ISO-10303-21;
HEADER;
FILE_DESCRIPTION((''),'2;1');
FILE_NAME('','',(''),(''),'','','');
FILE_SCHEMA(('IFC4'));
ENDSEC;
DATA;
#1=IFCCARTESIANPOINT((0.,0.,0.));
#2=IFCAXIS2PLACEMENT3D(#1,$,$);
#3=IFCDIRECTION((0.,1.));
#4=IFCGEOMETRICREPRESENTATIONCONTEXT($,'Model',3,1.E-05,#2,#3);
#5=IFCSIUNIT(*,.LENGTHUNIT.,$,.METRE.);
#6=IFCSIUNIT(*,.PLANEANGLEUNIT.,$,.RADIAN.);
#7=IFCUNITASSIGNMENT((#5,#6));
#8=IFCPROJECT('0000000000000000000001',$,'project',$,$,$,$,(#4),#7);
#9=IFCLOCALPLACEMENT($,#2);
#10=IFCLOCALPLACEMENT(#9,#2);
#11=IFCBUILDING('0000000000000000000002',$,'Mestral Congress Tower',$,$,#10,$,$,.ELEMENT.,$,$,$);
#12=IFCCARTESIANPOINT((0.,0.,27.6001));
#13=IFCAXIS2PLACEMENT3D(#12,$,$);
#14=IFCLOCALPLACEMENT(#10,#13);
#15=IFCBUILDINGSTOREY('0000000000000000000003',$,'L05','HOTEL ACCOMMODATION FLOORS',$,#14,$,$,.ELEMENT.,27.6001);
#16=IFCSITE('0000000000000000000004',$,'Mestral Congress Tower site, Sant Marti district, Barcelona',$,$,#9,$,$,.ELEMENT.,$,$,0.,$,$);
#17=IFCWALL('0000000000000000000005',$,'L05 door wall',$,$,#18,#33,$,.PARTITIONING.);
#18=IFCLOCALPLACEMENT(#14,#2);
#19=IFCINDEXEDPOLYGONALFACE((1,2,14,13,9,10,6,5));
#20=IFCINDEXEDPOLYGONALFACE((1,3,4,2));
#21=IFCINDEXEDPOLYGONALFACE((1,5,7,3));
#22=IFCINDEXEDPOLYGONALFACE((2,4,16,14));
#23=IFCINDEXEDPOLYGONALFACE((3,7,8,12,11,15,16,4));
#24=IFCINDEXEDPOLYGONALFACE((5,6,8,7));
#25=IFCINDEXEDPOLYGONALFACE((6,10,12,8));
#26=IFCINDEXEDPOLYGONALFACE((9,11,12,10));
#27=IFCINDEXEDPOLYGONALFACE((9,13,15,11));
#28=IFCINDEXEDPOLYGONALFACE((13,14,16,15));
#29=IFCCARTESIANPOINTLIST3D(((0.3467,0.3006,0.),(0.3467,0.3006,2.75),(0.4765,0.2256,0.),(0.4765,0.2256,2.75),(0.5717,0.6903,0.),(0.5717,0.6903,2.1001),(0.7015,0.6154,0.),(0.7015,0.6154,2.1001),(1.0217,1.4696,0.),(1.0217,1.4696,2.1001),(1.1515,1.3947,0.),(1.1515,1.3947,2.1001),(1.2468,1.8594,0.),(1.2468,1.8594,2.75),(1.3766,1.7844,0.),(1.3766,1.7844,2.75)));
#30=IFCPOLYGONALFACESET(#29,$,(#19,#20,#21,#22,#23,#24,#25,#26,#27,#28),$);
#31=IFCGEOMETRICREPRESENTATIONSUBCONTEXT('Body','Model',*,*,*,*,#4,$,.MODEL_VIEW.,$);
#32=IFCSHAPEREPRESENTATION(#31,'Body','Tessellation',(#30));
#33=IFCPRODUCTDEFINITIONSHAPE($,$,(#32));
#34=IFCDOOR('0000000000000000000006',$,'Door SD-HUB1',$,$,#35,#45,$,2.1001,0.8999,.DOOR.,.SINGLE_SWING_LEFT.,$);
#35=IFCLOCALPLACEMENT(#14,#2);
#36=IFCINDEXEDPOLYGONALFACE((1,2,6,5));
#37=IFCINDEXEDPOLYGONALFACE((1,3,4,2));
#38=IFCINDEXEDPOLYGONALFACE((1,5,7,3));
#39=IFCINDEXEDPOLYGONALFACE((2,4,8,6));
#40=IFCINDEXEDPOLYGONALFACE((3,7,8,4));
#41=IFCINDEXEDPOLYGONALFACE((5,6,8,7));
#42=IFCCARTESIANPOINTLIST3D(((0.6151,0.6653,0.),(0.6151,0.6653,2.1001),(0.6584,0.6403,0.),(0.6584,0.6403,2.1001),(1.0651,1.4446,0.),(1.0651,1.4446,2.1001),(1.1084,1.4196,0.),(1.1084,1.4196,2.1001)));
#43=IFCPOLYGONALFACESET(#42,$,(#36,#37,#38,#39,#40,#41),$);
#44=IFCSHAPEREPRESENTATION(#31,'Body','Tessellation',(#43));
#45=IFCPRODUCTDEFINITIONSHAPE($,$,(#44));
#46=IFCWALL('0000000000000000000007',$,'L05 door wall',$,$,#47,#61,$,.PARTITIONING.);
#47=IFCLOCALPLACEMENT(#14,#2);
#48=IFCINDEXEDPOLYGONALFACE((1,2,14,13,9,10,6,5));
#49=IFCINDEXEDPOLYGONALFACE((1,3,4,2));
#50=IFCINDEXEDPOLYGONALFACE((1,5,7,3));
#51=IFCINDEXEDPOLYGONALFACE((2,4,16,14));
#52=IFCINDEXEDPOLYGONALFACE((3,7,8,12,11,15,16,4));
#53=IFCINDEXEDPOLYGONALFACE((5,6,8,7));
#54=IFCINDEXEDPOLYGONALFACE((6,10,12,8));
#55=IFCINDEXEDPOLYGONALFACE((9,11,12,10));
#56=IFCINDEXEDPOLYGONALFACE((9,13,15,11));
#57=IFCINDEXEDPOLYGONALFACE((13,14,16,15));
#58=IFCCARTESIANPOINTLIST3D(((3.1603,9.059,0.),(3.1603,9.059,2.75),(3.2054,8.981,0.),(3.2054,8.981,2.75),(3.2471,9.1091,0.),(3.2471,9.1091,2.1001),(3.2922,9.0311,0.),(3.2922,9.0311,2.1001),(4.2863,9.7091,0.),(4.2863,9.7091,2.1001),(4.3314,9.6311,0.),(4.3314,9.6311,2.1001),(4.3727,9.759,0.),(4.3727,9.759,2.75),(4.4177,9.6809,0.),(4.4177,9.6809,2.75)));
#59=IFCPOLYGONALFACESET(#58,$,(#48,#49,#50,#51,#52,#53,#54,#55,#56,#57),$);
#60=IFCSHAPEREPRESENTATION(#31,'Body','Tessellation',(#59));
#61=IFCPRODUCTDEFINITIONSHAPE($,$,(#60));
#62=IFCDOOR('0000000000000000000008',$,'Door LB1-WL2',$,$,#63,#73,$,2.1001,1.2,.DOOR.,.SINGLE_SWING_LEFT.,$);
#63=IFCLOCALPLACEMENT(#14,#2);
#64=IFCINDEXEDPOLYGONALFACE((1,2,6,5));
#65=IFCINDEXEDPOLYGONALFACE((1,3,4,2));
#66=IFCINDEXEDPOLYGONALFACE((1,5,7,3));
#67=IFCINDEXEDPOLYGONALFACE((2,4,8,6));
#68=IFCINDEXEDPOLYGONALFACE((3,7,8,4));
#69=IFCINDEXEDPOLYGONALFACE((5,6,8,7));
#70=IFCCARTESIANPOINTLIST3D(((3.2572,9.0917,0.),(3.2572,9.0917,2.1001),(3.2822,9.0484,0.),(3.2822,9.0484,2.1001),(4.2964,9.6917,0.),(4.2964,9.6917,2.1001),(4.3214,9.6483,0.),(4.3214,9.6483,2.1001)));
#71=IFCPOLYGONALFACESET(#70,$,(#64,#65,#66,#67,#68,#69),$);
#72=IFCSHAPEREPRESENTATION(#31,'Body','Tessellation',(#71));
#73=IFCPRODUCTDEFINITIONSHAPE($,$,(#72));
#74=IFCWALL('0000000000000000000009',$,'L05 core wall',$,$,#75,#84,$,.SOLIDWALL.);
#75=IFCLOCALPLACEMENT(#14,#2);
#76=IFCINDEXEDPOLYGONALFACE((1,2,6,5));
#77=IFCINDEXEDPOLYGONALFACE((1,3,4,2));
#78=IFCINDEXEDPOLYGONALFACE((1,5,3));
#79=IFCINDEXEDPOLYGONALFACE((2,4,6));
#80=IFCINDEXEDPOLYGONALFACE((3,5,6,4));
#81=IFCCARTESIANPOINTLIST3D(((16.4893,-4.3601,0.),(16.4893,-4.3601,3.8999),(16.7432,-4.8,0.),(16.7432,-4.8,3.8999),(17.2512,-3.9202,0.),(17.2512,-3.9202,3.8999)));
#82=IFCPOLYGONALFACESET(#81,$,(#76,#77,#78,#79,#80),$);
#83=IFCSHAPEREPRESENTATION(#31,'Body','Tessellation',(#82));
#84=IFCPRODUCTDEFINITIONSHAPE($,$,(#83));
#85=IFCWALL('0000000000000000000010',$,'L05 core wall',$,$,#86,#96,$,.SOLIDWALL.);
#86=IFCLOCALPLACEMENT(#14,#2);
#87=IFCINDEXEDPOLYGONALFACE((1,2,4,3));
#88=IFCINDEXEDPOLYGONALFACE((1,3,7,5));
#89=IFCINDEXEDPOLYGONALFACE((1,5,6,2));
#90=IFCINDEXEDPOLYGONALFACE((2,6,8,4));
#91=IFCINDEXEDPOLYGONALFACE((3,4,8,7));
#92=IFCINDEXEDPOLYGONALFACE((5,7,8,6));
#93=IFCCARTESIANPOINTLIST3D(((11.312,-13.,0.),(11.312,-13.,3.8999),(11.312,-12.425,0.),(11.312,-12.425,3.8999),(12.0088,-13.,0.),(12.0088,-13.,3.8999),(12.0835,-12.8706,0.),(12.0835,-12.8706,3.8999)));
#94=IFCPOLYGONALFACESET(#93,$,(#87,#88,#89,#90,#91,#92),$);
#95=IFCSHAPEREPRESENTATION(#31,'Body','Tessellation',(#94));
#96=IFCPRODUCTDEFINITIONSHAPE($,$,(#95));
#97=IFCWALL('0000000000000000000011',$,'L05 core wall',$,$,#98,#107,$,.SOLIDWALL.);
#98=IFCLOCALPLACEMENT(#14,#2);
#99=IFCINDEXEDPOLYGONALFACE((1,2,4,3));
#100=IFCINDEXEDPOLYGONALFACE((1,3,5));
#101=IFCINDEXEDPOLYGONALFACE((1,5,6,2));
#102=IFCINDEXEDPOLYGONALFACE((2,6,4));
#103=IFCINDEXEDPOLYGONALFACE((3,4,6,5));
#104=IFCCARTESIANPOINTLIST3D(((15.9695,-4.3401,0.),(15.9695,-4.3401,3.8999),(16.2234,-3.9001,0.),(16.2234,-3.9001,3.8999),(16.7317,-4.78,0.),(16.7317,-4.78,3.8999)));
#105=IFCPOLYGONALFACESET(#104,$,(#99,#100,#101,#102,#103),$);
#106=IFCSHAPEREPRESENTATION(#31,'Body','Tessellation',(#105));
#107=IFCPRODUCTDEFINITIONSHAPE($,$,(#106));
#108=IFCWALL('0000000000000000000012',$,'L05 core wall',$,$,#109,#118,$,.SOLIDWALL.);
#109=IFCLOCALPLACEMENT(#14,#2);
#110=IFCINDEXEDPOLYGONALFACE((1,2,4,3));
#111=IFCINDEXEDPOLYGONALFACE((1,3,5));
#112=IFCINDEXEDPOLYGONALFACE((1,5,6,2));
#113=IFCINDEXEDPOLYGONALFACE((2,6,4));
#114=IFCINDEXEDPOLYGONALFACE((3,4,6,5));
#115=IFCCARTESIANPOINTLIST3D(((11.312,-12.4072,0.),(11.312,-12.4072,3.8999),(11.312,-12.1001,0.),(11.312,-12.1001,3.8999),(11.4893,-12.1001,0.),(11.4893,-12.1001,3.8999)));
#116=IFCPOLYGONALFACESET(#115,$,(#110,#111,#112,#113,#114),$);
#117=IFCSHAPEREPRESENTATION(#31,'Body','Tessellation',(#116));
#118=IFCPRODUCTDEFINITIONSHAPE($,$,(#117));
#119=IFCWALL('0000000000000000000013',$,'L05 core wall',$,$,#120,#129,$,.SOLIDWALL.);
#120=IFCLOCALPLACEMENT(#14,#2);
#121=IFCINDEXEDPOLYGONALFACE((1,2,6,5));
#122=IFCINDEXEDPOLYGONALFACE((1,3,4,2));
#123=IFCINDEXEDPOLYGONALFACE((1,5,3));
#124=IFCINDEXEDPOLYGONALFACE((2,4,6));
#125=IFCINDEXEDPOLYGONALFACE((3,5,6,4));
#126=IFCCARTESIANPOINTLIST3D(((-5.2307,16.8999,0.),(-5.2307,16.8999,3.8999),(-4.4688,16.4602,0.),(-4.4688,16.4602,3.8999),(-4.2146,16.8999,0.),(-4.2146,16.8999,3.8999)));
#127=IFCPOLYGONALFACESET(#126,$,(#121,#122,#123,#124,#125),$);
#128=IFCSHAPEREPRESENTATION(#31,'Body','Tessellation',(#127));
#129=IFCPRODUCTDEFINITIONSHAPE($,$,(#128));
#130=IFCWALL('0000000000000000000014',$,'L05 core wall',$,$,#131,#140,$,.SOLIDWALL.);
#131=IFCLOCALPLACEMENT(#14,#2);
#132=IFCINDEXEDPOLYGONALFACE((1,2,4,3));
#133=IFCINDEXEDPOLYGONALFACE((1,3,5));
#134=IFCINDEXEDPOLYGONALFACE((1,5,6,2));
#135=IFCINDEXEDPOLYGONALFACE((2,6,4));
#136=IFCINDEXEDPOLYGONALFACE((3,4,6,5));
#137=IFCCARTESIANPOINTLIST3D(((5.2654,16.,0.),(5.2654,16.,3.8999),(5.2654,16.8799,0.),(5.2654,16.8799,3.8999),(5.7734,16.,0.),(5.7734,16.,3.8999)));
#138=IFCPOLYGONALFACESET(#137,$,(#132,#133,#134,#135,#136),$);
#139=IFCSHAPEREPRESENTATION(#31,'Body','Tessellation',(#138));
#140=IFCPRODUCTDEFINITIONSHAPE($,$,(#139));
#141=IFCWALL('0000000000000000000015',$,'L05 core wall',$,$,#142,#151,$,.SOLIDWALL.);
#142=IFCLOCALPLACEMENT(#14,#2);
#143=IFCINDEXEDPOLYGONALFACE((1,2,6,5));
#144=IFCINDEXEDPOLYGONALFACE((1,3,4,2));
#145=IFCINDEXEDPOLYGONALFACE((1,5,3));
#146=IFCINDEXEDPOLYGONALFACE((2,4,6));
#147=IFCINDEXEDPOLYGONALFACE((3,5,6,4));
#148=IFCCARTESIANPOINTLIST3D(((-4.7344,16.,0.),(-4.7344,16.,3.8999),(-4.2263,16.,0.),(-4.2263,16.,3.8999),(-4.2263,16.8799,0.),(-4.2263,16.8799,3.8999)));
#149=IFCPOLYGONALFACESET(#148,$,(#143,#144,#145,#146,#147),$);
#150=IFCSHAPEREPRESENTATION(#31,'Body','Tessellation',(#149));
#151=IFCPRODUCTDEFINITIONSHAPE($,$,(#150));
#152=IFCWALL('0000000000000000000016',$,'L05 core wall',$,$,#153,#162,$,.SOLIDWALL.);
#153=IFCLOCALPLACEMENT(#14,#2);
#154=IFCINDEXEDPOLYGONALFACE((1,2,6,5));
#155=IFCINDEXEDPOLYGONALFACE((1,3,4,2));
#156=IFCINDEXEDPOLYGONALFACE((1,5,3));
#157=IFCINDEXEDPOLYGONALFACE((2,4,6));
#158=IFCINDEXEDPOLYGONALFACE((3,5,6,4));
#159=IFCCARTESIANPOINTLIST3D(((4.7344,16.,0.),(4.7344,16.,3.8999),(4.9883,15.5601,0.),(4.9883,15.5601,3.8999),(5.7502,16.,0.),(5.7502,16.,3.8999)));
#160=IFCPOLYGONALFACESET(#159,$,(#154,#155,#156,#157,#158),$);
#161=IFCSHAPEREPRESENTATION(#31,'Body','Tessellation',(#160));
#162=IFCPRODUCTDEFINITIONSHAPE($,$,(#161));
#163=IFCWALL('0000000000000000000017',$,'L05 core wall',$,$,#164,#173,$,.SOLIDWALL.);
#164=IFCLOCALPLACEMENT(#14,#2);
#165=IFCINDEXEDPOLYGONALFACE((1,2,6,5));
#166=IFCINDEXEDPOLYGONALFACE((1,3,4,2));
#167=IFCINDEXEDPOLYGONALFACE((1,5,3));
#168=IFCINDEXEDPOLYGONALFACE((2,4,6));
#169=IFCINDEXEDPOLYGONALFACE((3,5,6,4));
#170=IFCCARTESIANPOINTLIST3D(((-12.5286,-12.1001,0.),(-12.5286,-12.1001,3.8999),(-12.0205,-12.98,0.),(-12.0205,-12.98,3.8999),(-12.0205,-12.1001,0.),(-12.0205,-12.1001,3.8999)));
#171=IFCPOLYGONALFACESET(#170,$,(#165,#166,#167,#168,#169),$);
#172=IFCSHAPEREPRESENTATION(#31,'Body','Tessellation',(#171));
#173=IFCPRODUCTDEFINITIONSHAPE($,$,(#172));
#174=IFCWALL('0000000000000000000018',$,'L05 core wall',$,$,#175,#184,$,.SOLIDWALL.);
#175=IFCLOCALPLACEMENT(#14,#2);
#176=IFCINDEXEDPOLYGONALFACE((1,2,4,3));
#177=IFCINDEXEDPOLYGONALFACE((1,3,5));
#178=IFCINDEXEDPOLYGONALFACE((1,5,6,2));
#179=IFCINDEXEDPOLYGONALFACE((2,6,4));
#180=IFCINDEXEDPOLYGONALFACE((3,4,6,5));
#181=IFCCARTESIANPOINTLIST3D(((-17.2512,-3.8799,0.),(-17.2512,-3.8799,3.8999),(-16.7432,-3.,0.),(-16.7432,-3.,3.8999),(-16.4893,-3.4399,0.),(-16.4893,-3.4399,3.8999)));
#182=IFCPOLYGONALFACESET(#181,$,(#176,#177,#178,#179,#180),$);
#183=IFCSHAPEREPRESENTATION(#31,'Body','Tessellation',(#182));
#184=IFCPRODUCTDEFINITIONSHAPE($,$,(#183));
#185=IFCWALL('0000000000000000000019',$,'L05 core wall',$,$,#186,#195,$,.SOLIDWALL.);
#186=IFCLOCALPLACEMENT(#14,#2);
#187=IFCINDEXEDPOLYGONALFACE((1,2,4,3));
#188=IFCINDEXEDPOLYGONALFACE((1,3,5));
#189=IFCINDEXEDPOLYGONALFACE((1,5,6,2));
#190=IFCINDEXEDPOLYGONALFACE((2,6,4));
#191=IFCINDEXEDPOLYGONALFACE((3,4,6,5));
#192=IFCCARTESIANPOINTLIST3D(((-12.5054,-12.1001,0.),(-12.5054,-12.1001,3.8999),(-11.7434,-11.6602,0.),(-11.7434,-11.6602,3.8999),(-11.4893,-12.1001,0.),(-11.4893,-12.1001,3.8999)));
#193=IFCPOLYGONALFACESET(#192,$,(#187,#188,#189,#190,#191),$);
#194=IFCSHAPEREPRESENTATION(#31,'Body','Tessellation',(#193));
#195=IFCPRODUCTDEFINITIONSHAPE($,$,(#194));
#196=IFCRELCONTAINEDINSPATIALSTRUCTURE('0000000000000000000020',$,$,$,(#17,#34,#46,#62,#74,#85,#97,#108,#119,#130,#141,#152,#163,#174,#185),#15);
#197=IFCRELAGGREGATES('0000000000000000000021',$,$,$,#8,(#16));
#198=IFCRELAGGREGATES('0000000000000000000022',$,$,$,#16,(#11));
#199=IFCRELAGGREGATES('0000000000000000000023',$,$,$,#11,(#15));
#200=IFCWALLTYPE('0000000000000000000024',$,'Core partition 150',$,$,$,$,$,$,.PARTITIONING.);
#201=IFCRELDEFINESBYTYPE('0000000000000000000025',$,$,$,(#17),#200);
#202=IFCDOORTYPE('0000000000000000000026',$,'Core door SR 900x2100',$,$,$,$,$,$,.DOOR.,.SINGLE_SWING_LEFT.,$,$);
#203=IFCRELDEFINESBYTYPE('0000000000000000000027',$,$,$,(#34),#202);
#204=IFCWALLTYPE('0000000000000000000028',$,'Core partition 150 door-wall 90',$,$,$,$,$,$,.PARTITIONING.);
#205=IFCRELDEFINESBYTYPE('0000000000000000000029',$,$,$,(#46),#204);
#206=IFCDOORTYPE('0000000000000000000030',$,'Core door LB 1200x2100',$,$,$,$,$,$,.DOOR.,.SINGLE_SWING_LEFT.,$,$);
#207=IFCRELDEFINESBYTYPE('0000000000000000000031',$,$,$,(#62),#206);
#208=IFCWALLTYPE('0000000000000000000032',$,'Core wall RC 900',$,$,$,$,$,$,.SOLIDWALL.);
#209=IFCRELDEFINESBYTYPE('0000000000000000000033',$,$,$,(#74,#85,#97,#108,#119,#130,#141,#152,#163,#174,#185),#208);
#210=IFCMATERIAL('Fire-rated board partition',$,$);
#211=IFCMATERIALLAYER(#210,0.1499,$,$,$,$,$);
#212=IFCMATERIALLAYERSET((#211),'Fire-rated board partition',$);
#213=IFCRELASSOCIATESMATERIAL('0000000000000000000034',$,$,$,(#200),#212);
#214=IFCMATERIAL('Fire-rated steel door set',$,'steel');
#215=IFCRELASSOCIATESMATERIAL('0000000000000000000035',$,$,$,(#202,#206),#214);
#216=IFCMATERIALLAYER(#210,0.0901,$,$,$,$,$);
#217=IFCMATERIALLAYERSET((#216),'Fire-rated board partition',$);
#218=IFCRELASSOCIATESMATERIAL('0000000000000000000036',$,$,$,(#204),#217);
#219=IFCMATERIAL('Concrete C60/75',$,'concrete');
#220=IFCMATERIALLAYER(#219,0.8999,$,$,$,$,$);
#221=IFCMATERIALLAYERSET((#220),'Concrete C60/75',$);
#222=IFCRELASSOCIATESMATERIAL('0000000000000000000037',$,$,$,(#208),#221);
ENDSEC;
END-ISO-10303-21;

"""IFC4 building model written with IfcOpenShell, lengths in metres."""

from ifc_helpers import new_model, si_unit, direction, frame, frame_2d, origin, place, context, subcontext, project, spatial, polyline, rectangle, outline, extrude, material, layer, layer_set, type_object, element, fill, save


model = new_model("IFC4")

# Units and contexts
model_context = context("Model", 3, precision=1e-05, world=origin(), true_north=direction((0.0, 1.0)))
body_context = subcontext(model_context, "Body", "Model", "MODEL_VIEW")
ifc_project = project(units=[si_unit("LENGTHUNIT", "METRE"), si_unit("PLANEANGLEUNIT", "RADIAN")], contexts=[model_context])

# Site, building, storey
site_placement = place(None, origin())
site = spatial("IfcSite", under=ifc_project, at=site_placement, Name="Mestral Congress Tower site, Sant Marti district, Barcelona", CompositionType="ELEMENT", RefElevation=0.0)
building_placement = place(site_placement, origin())
building = spatial("IfcBuilding", under=site, at=building_placement, Name="Mestral Congress Tower", CompositionType="ELEMENT")
storey_placement = place(building_placement, frame((0.0, 0.0, 27.6001)))
storey = spatial("IfcBuildingStorey", under=building, at=storey_placement, Name="L05", Description="HOTEL ACCOMMODATION FLOORS", CompositionType="ELEMENT", Elevation=27.6001)

# Shared definitions
ifc_material_1 = material(Name="Concrete C60/75", Category="concrete")

# Shared definitions
placement_1 = place(storey_placement, origin())

# Shared definitions
ifc_material_2 = material(Name="Fire-rated board partition")
ifc_layer_1 = layer(ifc_material_2, 0.1499)
ifc_layer_set_1 = layer_set([ifc_layer_1], Name="Fire-rated board partition")
wall_type_1 = type_object("IfcWallType", Name="Core partition 150", PredefinedType="PARTITIONING", material=ifc_layer_set_1)

# Walls, openings, doors
wall_1_placement = place(storey_placement, frame((0.4116, 0.2632, 0.0), z_axis=(0.0, 0.0, 1.0), x_axis=(0.500063, 0.865989, 0.0)))
wall_1 = element("IfcWall", 1, at=wall_1_placement, inside=storey, type_object=wall_type_1, Name="L05 door wall", PredefinedType="PARTITIONING", context=body_context, shape_type="SweptSolid", body=[
    extrude(rectangle(XDim=1.8, YDim=0.1499, at=frame_2d((0.8999, 0.0))), origin(), (0.0, 0.0, 1.0), 2.75),
])
opening_1_placement = place(wall_1_placement, frame((0.45, 0.0, 0.0)))
opening_1 = element("IfcOpeningElement", 2, at=opening_1_placement, cuts=wall_1, PredefinedType="OPENING", context=body_context, shape_type="SweptSolid", body=[
    extrude(rectangle(XDim=0.8999, YDim=2.1001, at=frame_2d((0.45, 1.05))), frame((0.0, 0.085, 0.0), z_axis=(0.0, -1.0, 0.0), x_axis=(1.0, 0.0, 0.0)), (0.0, 0.0, 1.0), 0.1699),
])
ifc_material_3 = material(Name="Fire-rated steel door set", Category="steel")
door_type_1 = type_object("IfcDoorType", Name="Core door SR 900x2100", OperationType="SINGLE_SWING_LEFT", PredefinedType="DOOR", material=ifc_material_3)
door_1_placement = place(opening_1_placement, origin())
door_1 = element("IfcDoor", 3, at=door_1_placement, inside=storey, type_object=door_type_1, Name="Door SD-HUB1", OperationType="SINGLE_SWING_LEFT", OverallHeight=2.1001, OverallWidth=0.8999, PredefinedType="DOOR", context=body_context, shape_type="SweptSolid", body=[
    extrude(rectangle(XDim=0.8999, YDim=2.1001, at=frame_2d((0.45, 1.05))), frame((0.0, 0.0249, 0.0), z_axis=(0.0, -1.0, 0.0), x_axis=(1.0, 0.0, 0.0)), (0.0, 0.0, 1.0), 0.05),
])
fill(opening_1, door_1)
ifc_layer_2 = layer(ifc_material_2, 0.0901)
ifc_layer_set_2 = layer_set([ifc_layer_2], Name="Fire-rated board partition")
wall_type_2 = type_object("IfcWallType", Name="Core partition 150 door-wall 90", PredefinedType="PARTITIONING", material=ifc_layer_set_2)
wall_2_placement = place(storey_placement, frame((3.1829, 9.02, 0.0), z_axis=(0.0, 0.0, 1.0), x_axis=(0.866035, 0.499984, 0.0)))
wall_2 = element("IfcWall", 4, at=wall_2_placement, inside=storey, type_object=wall_type_2, Name="L05 door wall", PredefinedType="PARTITIONING", context=body_context, shape_type="SweptSolid", body=[
    extrude(rectangle(XDim=1.3999, YDim=0.0901, at=frame_2d((0.7, 0.0))), origin(), (0.0, 0.0, 1.0), 2.75),
])
opening_2_placement = place(wall_2_placement, frame((0.1001, 0.0, 0.0)))
opening_2 = element("IfcOpeningElement", 5, at=opening_2_placement, cuts=wall_2, PredefinedType="OPENING", context=body_context, shape_type="SweptSolid", body=[
    extrude(rectangle(XDim=1.2, YDim=2.1001, at=frame_2d((0.6001, 1.05))), frame((0.0, 0.0549, 0.0), z_axis=(0.0, -1.0, 0.0), x_axis=(1.0, 0.0, 0.0)), (0.0, 0.0, 1.0), 0.1101),
])
door_type_2 = type_object("IfcDoorType", Name="Core door LB 1200x2100", OperationType="SINGLE_SWING_LEFT", PredefinedType="DOOR", material=ifc_material_3)
door_2_placement = place(opening_2_placement, origin())
door_2 = element("IfcDoor", 6, at=door_2_placement, inside=storey, type_object=door_type_2, Name="Door LB1-WL2", OperationType="SINGLE_SWING_LEFT", OverallHeight=2.1001, OverallWidth=1.2, PredefinedType="DOOR", context=body_context, shape_type="SweptSolid", body=[
    extrude(rectangle(XDim=1.2, YDim=2.1001, at=frame_2d((0.6001, 1.05))), frame((0.0, 0.0249, 0.0), z_axis=(0.0, -1.0, 0.0), x_axis=(1.0, 0.0, 0.0)), (0.0, 0.0, 1.0), 0.05),
])
fill(opening_2, door_2)

# Walls
ifc_layer_3 = layer(ifc_material_1, 0.8999)
ifc_layer_set_3 = layer_set([ifc_layer_3], Name="Concrete C60/75")
wall_type_3 = type_object("IfcWallType", Name="Core wall RC 900", PredefinedType="SOLIDWALL", material=ifc_layer_set_3)
element("IfcWall", 7, at=placement_1, inside=storey, type_object=wall_type_3, Name="L05 core wall", PredefinedType="SOLIDWALL", context=body_context, shape_type="SweptSolid", body=[
    extrude(outline(polyline([(16.7432, -4.8), (16.4893, -4.3601), (17.2512, -3.9202), (16.7432, -4.8)])), origin(), (0.0, 0.0, 1.0), 3.8999),
])
element("IfcWall", 8, at=placement_1, inside=storey, type_object=wall_type_3, Name="L05 core wall", PredefinedType="SOLIDWALL", context=body_context, shape_type="SweptSolid", body=[
    extrude(outline(polyline([(12.0088, -13.0), (11.312, -13.0), (11.312, -12.425), (12.0835, -12.8706), (12.0088, -13.0)])), origin(), (0.0, 0.0, 1.0), 3.8999),
])
element("IfcWall", 9, at=placement_1, inside=storey, type_object=wall_type_3, Name="L05 core wall", PredefinedType="SOLIDWALL", context=body_context, shape_type="SweptSolid", body=[
    extrude(outline(polyline([(16.2234, -3.9001), (16.7317, -4.78), (15.9695, -4.3401), (16.2234, -3.9001)])), origin(), (0.0, 0.0, 1.0), 3.8999),
])
element("IfcWall", 10, at=placement_1, inside=storey, type_object=wall_type_3, Name="L05 core wall", PredefinedType="SOLIDWALL", context=body_context, shape_type="SweptSolid", body=[
    extrude(outline(polyline([(11.4893, -12.1001), (11.312, -12.4072), (11.312, -12.1001), (11.4893, -12.1001)])), origin(), (0.0, 0.0, 1.0), 3.8999),
])
element("IfcWall", 11, at=placement_1, inside=storey, type_object=wall_type_3, Name="L05 core wall", PredefinedType="SOLIDWALL", context=body_context, shape_type="SweptSolid", body=[
    extrude(outline(polyline([(-4.2146, 16.8999), (-4.4688, 16.4602), (-5.2307, 16.8999), (-4.2146, 16.8999)])), origin(), (0.0, 0.0, 1.0), 3.8999),
])
element("IfcWall", 12, at=placement_1, inside=storey, type_object=wall_type_3, Name="L05 core wall", PredefinedType="SOLIDWALL", context=body_context, shape_type="SweptSolid", body=[
    extrude(outline(polyline([(5.2654, 16.0), (5.2654, 16.8799), (5.7734, 16.0), (5.2654, 16.0)])), origin(), (0.0, 0.0, 1.0), 3.8999),
])
element("IfcWall", 13, at=placement_1, inside=storey, type_object=wall_type_3, Name="L05 core wall", PredefinedType="SOLIDWALL", context=body_context, shape_type="SweptSolid", body=[
    extrude(outline(polyline([(-4.7344, 16.0), (-4.2263, 16.8799), (-4.2263, 16.0), (-4.7344, 16.0)])), origin(), (0.0, 0.0, 1.0), 3.8999),
])
element("IfcWall", 14, at=placement_1, inside=storey, type_object=wall_type_3, Name="L05 core wall", PredefinedType="SOLIDWALL", context=body_context, shape_type="SweptSolid", body=[
    extrude(outline(polyline([(4.7344, 16.0), (5.7502, 16.0), (4.9883, 15.5601), (4.7344, 16.0)])), origin(), (0.0, 0.0, 1.0), 3.8999),
])
element("IfcWall", 15, at=placement_1, inside=storey, type_object=wall_type_3, Name="L05 core wall", PredefinedType="SOLIDWALL", context=body_context, shape_type="SweptSolid", body=[
    extrude(outline(polyline([(-12.5286, -12.1001), (-12.0205, -12.1001), (-12.0205, -12.98), (-12.5286, -12.1001)])), origin(), (0.0, 0.0, 1.0), 3.8999),
])
element("IfcWall", 16, at=placement_1, inside=storey, type_object=wall_type_3, Name="L05 core wall", PredefinedType="SOLIDWALL", context=body_context, shape_type="SweptSolid", body=[
    extrude(outline(polyline([(-16.4893, -3.4399), (-17.2512, -3.8799), (-16.7432, -3.0), (-16.4893, -3.4399)])), origin(), (0.0, 0.0, 1.0), 3.8999),
])
element("IfcWall", 17, at=placement_1, inside=storey, type_object=wall_type_3, Name="L05 core wall", PredefinedType="SOLIDWALL", context=body_context, shape_type="SweptSolid", body=[
    extrude(outline(polyline([(-11.4893, -12.1001), (-12.5054, -12.1001), (-11.7434, -11.6602), (-11.4893, -12.1001)])), origin(), (0.0, 0.0, 1.0), 3.8999),
])

save(model, "model.ifc")
